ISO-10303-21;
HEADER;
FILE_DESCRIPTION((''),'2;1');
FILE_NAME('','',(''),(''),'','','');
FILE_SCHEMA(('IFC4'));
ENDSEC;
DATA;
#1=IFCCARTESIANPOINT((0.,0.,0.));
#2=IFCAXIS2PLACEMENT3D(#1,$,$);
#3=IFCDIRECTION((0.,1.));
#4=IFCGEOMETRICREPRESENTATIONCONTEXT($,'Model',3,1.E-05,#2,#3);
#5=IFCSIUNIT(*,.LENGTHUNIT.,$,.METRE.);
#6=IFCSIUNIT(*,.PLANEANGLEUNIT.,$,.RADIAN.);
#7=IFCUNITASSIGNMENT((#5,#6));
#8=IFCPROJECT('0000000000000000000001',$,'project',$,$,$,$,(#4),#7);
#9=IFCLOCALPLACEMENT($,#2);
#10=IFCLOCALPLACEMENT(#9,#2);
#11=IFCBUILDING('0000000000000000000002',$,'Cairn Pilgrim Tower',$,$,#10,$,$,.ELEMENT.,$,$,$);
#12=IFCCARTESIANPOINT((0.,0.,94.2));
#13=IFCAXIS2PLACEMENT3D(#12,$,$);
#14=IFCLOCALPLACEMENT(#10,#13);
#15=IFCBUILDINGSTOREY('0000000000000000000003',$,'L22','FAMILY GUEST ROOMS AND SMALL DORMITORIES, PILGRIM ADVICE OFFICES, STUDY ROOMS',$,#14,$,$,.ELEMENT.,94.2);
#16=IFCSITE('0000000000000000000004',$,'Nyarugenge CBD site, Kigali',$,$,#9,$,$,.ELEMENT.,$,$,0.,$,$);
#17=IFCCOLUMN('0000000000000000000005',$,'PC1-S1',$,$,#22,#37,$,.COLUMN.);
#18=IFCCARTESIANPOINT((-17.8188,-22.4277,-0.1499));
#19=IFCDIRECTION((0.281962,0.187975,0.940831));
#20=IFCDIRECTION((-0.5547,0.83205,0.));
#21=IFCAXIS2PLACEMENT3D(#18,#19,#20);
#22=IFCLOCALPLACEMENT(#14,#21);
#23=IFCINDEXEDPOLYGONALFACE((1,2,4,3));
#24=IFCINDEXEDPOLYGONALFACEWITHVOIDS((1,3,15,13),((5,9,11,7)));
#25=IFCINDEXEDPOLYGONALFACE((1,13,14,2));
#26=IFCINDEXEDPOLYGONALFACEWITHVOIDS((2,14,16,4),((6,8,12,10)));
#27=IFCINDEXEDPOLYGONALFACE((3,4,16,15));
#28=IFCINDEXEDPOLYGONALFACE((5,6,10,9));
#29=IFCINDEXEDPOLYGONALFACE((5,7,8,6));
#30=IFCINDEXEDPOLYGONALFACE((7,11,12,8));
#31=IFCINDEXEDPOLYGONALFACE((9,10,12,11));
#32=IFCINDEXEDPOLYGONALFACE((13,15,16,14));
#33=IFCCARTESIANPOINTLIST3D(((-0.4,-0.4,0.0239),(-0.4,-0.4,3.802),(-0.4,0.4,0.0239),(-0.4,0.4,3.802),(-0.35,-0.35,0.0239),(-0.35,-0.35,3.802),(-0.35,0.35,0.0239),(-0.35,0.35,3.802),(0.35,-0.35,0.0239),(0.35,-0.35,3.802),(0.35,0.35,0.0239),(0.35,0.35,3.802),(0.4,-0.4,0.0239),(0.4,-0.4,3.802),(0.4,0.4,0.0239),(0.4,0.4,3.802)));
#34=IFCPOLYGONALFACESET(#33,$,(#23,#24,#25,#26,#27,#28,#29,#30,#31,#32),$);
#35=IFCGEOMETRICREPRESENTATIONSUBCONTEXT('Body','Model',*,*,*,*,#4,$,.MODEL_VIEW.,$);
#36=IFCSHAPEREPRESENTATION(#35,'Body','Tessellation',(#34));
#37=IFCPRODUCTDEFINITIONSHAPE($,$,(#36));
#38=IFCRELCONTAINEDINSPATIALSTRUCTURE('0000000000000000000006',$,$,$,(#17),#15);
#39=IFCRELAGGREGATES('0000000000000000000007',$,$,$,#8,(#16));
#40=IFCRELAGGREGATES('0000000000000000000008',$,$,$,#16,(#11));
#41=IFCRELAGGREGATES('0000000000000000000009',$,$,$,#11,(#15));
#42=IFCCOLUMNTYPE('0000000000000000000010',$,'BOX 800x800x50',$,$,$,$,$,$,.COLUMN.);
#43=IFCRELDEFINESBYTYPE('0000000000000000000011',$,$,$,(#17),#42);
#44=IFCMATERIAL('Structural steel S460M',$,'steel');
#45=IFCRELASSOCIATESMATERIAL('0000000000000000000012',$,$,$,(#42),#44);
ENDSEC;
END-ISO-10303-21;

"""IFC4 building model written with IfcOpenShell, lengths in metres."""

from ifc_helpers import new_model, si_unit, direction, frame, origin, origin_2d, place, context, subcontext, project, spatial, hollow_rectangle, extrude, clip, halfspace, material, material_profile, profile_set, type_object, element, save


model = new_model("IFC4")

# Units and contexts
model_context = context("Model", 3, precision=1e-05, world=origin(), true_north=direction((0.0, 1.0)))
body_context = subcontext(model_context, "Body", "Model", "MODEL_VIEW")
ifc_project = project(units=[si_unit("LENGTHUNIT", "METRE"), si_unit("PLANEANGLEUNIT", "RADIAN")], contexts=[model_context])

# Site, building, storey
site_placement = place(None, origin())
site = spatial("IfcSite", under=ifc_project, at=site_placement, Name="Nyarugenge CBD site, Kigali", CompositionType="ELEMENT", RefElevation=0.0)
building_placement = place(site_placement, origin())
building = spatial("IfcBuilding", under=site, at=building_placement, Name="Cairn Pilgrim Tower", CompositionType="ELEMENT")
storey_placement = place(building_placement, frame((0.0, 0.0, 94.2)))
storey = spatial("IfcBuildingStorey", under=building, at=storey_placement, Name="L22", Description="FAMILY GUEST ROOMS AND SMALL DORMITORIES, PILGRIM ADVICE OFFICES, STUDY ROOMS", CompositionType="ELEMENT", Elevation=94.2)

# Column
ifc_material_1 = material(Name="Structural steel S460M", Category="steel")
ifc_material_profile_1 = material_profile(ifc_material_1, hollow_rectangle(XDim=0.8, YDim=0.8, WallThickness=0.05, at=origin_2d()), Name="BOX 800x800x50")
ifc_profile_set_1 = profile_set([ifc_material_profile_1], Name="Structural steel S460M")
column_type = type_object("IfcColumnType", Name="BOX 800x800x50", PredefinedType="COLUMN", material=ifc_profile_set_1)
column_placement = place(storey_placement, frame((-17.8188, -22.4277, -0.1499), z_axis=(0.281962, 0.187975, 0.940831), x_axis=(-0.5547, 0.83205, 0.0)))
element("IfcColumn", 1, at=column_placement, inside=storey, type_object=column_type, Name="PC1-S1", PredefinedType="COLUMN", context=body_context, shape_type="Clipping", body=[
    clip(clip(extrude(hollow_rectangle(XDim=0.8, YDim=0.8, WallThickness=0.05, at=origin_2d()), origin(), (0.0, 0.0, 1.0), 3.8262), halfspace(frame((0.0, 0.0, 0.0239), z_axis=(0.0, 0.0, 1.0), x_axis=(1.0, 0.0, 0.0)), True)), halfspace(frame((0.0, 0.0, 3.802), z_axis=(0.0, 0.0, 1.0), x_axis=(1.0, 0.0, 0.0)), False)),
])

save(model, "model.ifc")
